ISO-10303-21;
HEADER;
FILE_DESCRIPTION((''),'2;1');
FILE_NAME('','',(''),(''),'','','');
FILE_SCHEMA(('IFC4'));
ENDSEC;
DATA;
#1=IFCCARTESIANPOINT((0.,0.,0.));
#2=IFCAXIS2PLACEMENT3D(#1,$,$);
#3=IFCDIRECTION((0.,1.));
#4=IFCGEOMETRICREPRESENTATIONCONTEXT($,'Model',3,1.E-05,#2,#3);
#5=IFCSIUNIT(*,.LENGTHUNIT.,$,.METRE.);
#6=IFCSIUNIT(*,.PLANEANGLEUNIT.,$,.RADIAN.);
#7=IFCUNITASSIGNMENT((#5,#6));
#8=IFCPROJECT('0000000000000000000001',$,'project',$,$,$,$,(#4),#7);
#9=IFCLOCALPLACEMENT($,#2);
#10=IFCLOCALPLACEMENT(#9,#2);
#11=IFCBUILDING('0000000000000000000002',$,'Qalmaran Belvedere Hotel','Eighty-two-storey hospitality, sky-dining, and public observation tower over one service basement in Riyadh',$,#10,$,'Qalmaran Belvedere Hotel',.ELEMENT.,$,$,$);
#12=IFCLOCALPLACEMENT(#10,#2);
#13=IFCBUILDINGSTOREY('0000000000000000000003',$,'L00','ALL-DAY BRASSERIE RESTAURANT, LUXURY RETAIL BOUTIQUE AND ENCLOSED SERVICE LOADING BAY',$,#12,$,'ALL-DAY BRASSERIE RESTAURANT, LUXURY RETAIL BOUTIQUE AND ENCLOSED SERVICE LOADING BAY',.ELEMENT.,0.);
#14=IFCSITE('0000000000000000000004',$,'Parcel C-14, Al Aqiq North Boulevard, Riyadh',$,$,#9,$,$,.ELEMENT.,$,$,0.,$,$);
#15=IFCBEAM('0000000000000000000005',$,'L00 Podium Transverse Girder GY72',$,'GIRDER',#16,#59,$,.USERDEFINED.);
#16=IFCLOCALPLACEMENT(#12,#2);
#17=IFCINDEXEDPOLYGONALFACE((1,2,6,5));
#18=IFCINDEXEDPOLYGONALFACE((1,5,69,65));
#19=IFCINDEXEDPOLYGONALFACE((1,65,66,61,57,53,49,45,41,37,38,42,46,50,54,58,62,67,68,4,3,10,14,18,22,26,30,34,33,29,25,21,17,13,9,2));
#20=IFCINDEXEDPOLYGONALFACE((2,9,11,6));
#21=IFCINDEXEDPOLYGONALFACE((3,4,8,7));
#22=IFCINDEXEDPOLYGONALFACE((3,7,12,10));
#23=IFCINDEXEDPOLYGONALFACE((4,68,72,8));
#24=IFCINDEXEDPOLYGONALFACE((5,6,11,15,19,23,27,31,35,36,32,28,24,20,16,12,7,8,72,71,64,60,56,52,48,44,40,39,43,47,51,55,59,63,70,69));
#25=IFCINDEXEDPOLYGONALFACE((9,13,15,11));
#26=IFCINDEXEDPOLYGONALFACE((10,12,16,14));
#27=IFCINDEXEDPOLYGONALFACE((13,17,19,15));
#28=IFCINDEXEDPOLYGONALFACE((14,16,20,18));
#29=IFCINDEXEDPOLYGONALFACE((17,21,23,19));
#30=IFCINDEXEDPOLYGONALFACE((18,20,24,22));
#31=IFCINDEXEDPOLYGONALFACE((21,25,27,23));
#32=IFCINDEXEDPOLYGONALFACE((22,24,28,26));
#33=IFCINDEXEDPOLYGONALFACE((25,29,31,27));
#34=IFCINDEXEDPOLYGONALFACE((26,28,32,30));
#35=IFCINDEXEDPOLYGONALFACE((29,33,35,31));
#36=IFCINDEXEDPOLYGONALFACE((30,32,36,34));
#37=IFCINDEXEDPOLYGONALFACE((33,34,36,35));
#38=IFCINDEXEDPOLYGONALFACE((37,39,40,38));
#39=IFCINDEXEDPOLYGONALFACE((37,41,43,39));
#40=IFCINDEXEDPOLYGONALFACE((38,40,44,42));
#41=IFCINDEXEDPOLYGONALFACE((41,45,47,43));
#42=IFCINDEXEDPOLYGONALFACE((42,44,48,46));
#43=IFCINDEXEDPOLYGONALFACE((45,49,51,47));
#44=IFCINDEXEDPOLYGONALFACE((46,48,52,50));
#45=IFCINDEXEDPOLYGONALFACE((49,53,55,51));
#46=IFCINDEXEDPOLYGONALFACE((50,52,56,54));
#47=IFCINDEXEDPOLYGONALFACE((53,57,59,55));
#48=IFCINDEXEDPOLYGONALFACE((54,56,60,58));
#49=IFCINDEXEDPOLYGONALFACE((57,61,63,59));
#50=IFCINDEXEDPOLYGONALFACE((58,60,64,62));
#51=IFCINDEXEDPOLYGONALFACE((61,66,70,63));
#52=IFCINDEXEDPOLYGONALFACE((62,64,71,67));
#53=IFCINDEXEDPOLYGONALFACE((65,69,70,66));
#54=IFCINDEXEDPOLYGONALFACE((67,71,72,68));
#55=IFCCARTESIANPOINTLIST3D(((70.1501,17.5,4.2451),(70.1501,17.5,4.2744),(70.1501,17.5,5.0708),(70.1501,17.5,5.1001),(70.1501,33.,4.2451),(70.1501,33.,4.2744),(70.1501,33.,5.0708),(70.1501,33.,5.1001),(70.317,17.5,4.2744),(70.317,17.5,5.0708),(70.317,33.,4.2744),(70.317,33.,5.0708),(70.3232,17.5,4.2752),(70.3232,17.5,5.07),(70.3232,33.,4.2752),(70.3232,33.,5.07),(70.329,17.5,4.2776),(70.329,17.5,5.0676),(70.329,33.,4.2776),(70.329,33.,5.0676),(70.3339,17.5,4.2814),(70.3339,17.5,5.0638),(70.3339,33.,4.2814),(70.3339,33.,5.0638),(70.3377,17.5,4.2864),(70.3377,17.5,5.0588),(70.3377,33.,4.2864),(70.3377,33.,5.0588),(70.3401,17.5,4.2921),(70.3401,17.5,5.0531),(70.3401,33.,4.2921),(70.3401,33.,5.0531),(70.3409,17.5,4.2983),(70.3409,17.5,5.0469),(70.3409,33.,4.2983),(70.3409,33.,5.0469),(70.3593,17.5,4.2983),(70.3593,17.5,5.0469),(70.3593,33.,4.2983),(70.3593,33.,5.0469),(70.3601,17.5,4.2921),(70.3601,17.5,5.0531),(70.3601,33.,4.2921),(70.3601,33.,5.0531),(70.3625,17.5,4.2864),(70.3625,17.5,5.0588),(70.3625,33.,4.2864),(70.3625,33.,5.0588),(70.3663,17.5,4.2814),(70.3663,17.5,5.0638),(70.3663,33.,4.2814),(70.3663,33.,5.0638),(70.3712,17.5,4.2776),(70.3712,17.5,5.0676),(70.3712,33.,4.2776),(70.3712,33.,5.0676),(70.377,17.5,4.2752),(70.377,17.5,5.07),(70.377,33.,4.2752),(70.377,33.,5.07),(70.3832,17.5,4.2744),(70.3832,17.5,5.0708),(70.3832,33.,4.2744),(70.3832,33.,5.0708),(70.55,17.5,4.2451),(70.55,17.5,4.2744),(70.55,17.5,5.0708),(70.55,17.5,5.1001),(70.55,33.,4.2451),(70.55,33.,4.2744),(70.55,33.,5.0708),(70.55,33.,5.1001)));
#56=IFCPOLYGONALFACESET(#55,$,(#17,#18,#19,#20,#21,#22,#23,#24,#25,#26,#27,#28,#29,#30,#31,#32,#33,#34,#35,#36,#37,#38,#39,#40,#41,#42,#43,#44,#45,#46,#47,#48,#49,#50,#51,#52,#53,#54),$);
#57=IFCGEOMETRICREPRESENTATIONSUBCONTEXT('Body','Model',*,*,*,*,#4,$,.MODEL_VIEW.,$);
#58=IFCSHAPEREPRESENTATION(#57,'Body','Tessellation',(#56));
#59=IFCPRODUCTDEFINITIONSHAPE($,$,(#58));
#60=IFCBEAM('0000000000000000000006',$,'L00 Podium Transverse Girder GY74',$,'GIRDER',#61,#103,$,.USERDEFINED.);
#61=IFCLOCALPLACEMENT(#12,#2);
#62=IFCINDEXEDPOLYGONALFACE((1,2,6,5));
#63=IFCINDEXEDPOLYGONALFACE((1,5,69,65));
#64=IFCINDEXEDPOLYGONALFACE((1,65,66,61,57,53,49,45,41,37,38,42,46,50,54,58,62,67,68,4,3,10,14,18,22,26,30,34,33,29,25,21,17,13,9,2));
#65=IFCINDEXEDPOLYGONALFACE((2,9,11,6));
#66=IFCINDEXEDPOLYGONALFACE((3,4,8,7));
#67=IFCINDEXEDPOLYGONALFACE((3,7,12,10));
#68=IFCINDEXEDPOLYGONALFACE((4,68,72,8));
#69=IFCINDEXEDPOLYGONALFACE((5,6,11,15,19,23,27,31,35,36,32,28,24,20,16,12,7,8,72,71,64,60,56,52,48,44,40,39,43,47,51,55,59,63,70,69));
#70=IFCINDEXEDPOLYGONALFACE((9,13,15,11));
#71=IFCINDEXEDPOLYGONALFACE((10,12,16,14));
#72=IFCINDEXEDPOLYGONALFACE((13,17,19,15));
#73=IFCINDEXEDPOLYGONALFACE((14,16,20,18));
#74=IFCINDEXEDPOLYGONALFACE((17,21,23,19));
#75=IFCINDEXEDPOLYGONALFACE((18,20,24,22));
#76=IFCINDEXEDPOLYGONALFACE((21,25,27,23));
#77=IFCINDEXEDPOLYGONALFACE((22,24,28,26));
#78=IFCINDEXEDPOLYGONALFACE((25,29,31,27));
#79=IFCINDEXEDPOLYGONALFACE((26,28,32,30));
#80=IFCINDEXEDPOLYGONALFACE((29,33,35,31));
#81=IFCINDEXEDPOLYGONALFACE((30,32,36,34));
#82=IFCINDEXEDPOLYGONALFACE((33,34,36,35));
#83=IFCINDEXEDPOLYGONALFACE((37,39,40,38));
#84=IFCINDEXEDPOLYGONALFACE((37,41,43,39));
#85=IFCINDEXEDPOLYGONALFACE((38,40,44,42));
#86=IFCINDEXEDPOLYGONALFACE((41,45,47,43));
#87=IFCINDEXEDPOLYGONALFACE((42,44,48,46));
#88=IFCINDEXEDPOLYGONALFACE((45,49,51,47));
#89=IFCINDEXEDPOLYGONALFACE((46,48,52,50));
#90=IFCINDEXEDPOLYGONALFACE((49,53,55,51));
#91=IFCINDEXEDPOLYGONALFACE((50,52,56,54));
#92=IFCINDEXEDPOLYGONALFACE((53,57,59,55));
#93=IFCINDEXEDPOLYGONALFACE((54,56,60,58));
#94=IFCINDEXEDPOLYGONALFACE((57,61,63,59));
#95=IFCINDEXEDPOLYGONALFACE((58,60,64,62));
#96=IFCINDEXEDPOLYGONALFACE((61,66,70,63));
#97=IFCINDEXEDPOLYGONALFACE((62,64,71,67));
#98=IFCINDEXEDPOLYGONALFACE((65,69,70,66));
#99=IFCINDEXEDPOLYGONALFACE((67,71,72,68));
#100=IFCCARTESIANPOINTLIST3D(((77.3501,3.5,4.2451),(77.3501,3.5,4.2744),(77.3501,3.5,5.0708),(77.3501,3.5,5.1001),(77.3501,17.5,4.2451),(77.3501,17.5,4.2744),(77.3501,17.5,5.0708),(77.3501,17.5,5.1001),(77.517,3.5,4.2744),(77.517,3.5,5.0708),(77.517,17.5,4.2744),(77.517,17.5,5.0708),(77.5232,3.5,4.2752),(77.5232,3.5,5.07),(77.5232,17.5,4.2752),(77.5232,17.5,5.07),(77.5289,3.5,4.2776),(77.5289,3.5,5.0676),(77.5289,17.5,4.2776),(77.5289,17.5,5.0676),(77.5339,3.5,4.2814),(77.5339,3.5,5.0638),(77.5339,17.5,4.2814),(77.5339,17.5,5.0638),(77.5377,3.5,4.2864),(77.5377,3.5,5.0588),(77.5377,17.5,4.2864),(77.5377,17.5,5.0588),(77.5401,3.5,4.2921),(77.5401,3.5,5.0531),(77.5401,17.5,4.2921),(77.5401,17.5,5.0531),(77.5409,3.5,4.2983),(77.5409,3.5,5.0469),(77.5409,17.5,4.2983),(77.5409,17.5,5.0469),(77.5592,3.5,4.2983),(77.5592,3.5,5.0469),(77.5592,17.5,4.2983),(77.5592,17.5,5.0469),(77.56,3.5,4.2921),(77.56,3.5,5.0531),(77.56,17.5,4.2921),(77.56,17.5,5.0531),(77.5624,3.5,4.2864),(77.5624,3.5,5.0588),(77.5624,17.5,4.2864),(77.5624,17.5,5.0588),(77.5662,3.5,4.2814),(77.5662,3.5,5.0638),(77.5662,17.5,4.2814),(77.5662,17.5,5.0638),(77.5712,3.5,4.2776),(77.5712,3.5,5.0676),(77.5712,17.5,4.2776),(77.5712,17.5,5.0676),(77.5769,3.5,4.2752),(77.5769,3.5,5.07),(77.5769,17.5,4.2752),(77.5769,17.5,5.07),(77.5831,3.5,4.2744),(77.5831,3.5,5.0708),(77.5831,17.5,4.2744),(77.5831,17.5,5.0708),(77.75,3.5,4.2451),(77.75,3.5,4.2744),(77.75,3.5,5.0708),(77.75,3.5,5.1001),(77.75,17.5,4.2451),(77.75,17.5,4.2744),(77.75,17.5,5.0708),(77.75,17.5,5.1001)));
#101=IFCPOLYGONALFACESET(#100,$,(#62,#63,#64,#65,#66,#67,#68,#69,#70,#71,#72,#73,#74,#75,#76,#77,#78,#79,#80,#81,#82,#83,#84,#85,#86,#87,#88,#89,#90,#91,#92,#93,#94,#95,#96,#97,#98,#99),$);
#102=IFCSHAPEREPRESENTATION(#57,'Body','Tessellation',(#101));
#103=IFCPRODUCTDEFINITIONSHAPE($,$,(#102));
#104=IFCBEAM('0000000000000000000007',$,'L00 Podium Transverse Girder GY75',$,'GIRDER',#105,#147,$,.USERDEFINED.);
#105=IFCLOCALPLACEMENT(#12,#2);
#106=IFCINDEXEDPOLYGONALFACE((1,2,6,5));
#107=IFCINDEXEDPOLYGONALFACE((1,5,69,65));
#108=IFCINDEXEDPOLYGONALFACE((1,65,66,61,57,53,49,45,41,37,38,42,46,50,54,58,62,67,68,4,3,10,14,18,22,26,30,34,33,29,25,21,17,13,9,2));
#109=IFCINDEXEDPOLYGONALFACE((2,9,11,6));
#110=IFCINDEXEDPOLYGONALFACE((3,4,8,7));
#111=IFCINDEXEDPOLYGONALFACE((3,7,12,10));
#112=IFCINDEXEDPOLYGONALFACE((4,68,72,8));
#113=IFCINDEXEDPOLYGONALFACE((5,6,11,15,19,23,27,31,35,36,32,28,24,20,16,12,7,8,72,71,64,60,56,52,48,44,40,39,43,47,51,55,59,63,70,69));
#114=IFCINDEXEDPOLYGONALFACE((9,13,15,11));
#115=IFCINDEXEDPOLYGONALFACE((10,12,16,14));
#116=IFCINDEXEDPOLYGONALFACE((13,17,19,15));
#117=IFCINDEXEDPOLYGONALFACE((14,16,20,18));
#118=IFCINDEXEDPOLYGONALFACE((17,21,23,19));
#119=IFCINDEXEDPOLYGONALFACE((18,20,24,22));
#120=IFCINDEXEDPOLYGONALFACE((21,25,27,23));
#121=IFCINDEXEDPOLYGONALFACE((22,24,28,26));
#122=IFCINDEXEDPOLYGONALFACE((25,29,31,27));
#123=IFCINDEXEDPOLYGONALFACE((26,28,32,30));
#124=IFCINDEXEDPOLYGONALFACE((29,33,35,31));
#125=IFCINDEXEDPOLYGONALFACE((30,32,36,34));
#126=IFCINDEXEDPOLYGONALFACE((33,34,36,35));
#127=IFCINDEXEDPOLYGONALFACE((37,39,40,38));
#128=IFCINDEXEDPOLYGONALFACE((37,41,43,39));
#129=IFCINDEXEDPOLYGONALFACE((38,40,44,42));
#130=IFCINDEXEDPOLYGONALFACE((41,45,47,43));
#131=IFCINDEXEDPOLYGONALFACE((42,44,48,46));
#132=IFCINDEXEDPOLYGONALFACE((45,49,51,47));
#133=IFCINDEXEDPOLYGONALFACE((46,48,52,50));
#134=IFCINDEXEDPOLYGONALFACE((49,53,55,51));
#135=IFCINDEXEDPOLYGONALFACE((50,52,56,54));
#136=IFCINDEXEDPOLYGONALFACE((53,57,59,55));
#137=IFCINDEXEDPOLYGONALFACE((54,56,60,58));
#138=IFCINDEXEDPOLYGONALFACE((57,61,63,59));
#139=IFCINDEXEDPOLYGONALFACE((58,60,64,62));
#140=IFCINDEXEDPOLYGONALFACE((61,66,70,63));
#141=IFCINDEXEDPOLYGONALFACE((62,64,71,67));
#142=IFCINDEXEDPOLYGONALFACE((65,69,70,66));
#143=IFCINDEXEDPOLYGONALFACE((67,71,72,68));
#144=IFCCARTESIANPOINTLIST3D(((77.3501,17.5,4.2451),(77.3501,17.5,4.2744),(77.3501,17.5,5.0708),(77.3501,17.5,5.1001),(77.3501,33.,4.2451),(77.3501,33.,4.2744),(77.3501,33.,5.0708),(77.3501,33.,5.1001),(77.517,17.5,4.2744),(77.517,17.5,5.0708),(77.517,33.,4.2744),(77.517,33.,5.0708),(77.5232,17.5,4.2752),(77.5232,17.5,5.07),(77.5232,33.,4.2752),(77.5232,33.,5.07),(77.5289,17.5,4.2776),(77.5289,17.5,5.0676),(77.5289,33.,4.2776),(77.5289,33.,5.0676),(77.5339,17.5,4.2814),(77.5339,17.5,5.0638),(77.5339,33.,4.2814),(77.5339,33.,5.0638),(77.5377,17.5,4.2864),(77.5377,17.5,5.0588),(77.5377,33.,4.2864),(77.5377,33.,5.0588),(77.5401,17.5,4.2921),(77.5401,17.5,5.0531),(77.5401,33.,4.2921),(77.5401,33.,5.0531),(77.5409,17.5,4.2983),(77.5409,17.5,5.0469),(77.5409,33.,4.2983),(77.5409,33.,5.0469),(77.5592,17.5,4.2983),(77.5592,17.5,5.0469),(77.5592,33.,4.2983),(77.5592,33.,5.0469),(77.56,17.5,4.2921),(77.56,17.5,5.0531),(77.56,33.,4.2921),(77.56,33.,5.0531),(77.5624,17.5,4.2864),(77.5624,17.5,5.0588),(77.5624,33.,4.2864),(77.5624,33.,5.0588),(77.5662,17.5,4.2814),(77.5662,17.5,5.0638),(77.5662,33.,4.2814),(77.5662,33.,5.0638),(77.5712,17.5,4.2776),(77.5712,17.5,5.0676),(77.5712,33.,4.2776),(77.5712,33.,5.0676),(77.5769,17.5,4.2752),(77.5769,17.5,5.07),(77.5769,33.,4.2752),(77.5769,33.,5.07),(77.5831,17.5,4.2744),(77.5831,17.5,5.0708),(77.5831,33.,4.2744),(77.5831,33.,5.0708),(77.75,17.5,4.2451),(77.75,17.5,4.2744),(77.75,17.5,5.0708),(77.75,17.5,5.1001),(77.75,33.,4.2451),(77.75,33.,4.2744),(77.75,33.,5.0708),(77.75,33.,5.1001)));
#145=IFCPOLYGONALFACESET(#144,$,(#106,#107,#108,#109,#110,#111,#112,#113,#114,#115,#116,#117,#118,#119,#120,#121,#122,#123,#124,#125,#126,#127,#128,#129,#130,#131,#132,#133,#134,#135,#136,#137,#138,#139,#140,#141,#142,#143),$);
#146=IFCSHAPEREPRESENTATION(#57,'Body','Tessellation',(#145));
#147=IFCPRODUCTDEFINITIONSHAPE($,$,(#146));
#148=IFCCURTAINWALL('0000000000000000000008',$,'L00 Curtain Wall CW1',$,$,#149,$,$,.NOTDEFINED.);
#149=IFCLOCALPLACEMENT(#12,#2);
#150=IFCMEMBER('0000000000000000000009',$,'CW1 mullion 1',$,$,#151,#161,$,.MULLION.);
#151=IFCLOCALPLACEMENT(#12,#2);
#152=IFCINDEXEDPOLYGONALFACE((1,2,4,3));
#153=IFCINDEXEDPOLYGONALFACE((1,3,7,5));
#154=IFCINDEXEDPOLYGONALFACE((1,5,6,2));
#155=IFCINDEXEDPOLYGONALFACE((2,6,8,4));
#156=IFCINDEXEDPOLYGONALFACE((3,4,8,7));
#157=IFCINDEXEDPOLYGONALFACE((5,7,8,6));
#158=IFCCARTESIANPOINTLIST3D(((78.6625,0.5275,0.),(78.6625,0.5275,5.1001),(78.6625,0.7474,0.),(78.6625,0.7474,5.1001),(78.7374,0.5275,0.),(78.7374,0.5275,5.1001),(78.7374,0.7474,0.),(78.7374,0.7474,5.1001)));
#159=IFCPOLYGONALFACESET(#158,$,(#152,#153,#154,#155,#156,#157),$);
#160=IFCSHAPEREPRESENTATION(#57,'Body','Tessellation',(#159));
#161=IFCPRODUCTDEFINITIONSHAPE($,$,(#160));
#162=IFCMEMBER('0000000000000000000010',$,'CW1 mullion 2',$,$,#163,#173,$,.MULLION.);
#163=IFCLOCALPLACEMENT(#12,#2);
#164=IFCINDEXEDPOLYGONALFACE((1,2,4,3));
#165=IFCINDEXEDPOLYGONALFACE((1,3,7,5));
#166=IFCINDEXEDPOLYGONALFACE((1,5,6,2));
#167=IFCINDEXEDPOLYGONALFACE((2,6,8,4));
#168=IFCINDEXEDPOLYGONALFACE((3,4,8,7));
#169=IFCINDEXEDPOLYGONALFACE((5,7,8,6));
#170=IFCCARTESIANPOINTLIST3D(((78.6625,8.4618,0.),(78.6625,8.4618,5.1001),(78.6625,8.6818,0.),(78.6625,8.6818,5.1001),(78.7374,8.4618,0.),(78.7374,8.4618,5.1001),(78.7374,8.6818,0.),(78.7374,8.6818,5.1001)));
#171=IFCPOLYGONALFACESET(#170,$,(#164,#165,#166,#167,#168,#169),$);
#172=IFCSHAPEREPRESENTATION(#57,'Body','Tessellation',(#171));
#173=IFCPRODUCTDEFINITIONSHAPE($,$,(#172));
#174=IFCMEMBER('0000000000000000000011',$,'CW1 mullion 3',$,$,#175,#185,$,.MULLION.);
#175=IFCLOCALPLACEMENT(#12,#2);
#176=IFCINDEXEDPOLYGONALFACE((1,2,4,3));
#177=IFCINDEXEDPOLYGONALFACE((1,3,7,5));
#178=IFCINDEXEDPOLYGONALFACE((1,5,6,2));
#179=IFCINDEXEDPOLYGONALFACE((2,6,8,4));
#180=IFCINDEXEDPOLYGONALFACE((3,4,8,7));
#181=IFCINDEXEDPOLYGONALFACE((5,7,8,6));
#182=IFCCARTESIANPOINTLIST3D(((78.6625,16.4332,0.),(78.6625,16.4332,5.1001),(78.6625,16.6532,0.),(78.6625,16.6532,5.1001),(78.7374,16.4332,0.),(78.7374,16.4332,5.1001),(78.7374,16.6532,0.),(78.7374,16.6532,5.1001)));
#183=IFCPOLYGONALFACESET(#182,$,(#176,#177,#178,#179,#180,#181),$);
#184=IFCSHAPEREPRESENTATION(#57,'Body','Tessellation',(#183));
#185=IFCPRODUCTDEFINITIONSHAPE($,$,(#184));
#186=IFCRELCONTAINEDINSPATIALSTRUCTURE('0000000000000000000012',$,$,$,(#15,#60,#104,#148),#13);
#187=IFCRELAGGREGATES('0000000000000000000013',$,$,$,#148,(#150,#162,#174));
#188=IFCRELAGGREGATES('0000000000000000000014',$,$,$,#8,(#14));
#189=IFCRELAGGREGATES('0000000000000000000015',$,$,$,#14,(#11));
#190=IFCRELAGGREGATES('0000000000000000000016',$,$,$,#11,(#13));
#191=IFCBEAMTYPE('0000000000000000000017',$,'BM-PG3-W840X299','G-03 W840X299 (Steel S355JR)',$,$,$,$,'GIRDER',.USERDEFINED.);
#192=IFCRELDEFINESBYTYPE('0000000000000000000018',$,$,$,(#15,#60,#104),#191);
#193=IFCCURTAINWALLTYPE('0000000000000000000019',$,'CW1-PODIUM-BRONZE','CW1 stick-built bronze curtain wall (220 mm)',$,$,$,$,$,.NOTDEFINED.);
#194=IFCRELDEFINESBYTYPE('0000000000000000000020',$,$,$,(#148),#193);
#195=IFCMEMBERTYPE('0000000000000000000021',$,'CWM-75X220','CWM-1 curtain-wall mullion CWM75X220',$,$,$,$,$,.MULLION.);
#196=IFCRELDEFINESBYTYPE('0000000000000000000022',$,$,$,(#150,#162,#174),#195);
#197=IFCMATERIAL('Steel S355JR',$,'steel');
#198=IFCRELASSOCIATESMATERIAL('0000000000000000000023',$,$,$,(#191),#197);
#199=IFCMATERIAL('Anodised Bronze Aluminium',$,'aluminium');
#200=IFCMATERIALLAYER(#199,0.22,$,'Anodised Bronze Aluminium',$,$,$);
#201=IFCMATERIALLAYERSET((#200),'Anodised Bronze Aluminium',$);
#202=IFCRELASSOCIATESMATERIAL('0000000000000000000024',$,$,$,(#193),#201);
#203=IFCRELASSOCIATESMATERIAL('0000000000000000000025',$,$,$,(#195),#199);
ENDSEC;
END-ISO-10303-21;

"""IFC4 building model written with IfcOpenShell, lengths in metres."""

from ifc_helpers import new_model, si_unit, direction, frame, origin, origin_2d, place, context, subcontext, project, spatial, rectangle, i_section, extrude, material, layer, layer_set, material_profile, profile_set, type_object, element, aggregate, save


model = new_model("IFC4")

# Units and contexts
model_context = context("Model", 3, precision=1e-05, world=origin(), true_north=direction((0.0, 1.0)))
body_context = subcontext(model_context, "Body", "Model", "MODEL_VIEW")
ifc_project = project(units=[si_unit("LENGTHUNIT", "METRE"), si_unit("PLANEANGLEUNIT", "RADIAN")], contexts=[model_context])

# Site, building, storey
site_placement = place(None, origin())
site = spatial("IfcSite", under=ifc_project, at=site_placement, Name="Parcel C-14, Al Aqiq North Boulevard, Riyadh", CompositionType="ELEMENT", RefElevation=0.0)
building_placement = place(site_placement, origin())
building = spatial("IfcBuilding", under=site, at=building_placement, Name="Qalmaran Belvedere Hotel", Description="Eighty-two-storey hospitality, sky-dining, and public observation tower over one service basement in Riyadh", LongName="Qalmaran Belvedere Hotel", CompositionType="ELEMENT")
storey_placement = place(building_placement, origin())
storey = spatial("IfcBuildingStorey", under=building, at=storey_placement, Name="L00", Description="ALL-DAY BRASSERIE RESTAURANT, LUXURY RETAIL BOUTIQUE AND ENCLOSED SERVICE LOADING BAY", LongName="ALL-DAY BRASSERIE RESTAURANT, LUXURY RETAIL BOUTIQUE AND ENCLOSED SERVICE LOADING BAY", CompositionType="ELEMENT", Elevation=0.0)

# Beams
ifc_material_1 = material(Name="Steel S355JR", Category="steel")
ifc_material_profile_1 = material_profile(ifc_material_1, i_section(OverallWidth=0.3999, OverallDepth=0.855, WebThickness=0.0183, FlangeThickness=0.0293, FilletRadius=0.0239, at=origin_2d()), Name="W840X299")
ifc_profile_set_1 = profile_set([ifc_material_profile_1], Name="Steel S355JR")
beam_type_1 = type_object("IfcBeamType", Name="BM-PG3-W840X299", Description="G-03 W840X299 (Steel S355JR)", ElementType="GIRDER", PredefinedType="USERDEFINED", material=ifc_profile_set_1)
beam_1_placement = place(storey_placement, frame((70.3501, 17.5, 4.6726), z_axis=(0.0, 1.0, 0.0), x_axis=(-1.0, 0.0, 0.0)))
element("IfcBeam", 1, at=beam_1_placement, inside=storey, type_object=beam_type_1, Name="L00 Podium Transverse Girder GY72", ObjectType="GIRDER", PredefinedType="USERDEFINED", context=body_context, shape_type="SweptSolid", body=[
    extrude(i_section(OverallWidth=0.3999, OverallDepth=0.855, WebThickness=0.0183, FlangeThickness=0.0293, FilletRadius=0.0239, at=origin_2d()), origin(), (0.0, 0.0, 1.0), 15.5),
])
beam_2_placement = place(storey_placement, frame((77.55, 3.5, 4.6726), z_axis=(0.0, 1.0, 0.0), x_axis=(-1.0, 0.0, 0.0)))
element("IfcBeam", 2, at=beam_2_placement, inside=storey, type_object=beam_type_1, Name="L00 Podium Transverse Girder GY74", ObjectType="GIRDER", PredefinedType="USERDEFINED", context=body_context, shape_type="SweptSolid", body=[
    extrude(i_section(OverallWidth=0.3999, OverallDepth=0.855, WebThickness=0.0183, FlangeThickness=0.0293, FilletRadius=0.0239, at=origin_2d()), origin(), (0.0, 0.0, 1.0), 14.0),
])
beam_3_placement = place(storey_placement, frame((77.55, 17.5, 4.6726), z_axis=(0.0, 1.0, 0.0), x_axis=(-1.0, 0.0, 0.0)))
element("IfcBeam", 3, at=beam_3_placement, inside=storey, type_object=beam_type_1, Name="L00 Podium Transverse Girder GY75", ObjectType="GIRDER", PredefinedType="USERDEFINED", context=body_context, shape_type="SweptSolid", body=[
    extrude(i_section(OverallWidth=0.3999, OverallDepth=0.855, WebThickness=0.0183, FlangeThickness=0.0293, FilletRadius=0.0239, at=origin_2d()), origin(), (0.0, 0.0, 1.0), 15.5),
])

# Curtain wall, members
ifc_material_2 = material(Name="Anodised Bronze Aluminium", Category="aluminium")
ifc_layer_1 = layer(ifc_material_2, 0.22, Name="Anodised Bronze Aluminium")
ifc_layer_set_1 = layer_set([ifc_layer_1], Name="Anodised Bronze Aluminium")
curtain_wall_type = type_object("IfcCurtainWallType", Name="CW1-PODIUM-BRONZE", Description="CW1 stick-built bronze curtain wall (220 mm)", PredefinedType="NOTDEFINED", material=ifc_layer_set_1)
curtain_wall_placement = place(storey_placement, origin())
curtain_wall = element("IfcCurtainWall", 4, at=curtain_wall_placement, inside=storey, type_object=curtain_wall_type, Name="L00 Curtain Wall CW1", PredefinedType="NOTDEFINED")
ifc_material_profile_2 = material_profile(ifc_material_2, rectangle(XDim=0.075, YDim=0.22, at=origin_2d()), Name="CWM75X220")
ifc_profile_set_2 = profile_set([ifc_material_profile_2], Name="Anodised Bronze Aluminium")
member_type_1 = type_object("IfcMemberType", Name="CWM-75X220", Description="CWM-1 curtain-wall mullion CWM75X220", PredefinedType="MULLION", material=ifc_profile_set_2)
member_1_placement = place(storey_placement, frame((78.7, 0.6375, 0.0), z_axis=(0.0, 0.0, 1.0), x_axis=(-1.0, 0.0, 0.0)))
member_1 = element("IfcMember", 5, at=member_1_placement, type_object=member_type_1, Name="CW1 mullion 1", PredefinedType="MULLION", context=body_context, shape_type="SweptSolid", body=[
    extrude(rectangle(XDim=0.075, YDim=0.22, at=origin_2d()), origin(), (0.0, 0.0, 1.0), 5.1001),
])
member_2_placement = place(storey_placement, frame((78.7, 8.5718, 0.0), z_axis=(0.0, 0.0, 1.0), x_axis=(-1.0, 0.0, 0.0)))
member_2 = element("IfcMember", 6, at=member_2_placement, type_object=member_type_1, Name="CW1 mullion 2", PredefinedType="MULLION", context=body_context, shape_type="SweptSolid", body=[
    extrude(rectangle(XDim=0.075, YDim=0.22, at=origin_2d()), origin(), (0.0, 0.0, 1.0), 5.1001),
])
member_3_placement = place(storey_placement, frame((78.7, 16.5432, 0.0), z_axis=(0.0, 0.0, 1.0), x_axis=(-1.0, 0.0, 0.0)))
member_3 = element("IfcMember", 7, at=member_3_placement, type_object=member_type_1, Name="CW1 mullion 3", PredefinedType="MULLION", context=body_context, shape_type="SweptSolid", body=[
    extrude(rectangle(XDim=0.075, YDim=0.22, at=origin_2d()), origin(), (0.0, 0.0, 1.0), 5.1001),
])
aggregate(curtain_wall, [member_1, member_2, member_3])

save(model, "model.ifc")
